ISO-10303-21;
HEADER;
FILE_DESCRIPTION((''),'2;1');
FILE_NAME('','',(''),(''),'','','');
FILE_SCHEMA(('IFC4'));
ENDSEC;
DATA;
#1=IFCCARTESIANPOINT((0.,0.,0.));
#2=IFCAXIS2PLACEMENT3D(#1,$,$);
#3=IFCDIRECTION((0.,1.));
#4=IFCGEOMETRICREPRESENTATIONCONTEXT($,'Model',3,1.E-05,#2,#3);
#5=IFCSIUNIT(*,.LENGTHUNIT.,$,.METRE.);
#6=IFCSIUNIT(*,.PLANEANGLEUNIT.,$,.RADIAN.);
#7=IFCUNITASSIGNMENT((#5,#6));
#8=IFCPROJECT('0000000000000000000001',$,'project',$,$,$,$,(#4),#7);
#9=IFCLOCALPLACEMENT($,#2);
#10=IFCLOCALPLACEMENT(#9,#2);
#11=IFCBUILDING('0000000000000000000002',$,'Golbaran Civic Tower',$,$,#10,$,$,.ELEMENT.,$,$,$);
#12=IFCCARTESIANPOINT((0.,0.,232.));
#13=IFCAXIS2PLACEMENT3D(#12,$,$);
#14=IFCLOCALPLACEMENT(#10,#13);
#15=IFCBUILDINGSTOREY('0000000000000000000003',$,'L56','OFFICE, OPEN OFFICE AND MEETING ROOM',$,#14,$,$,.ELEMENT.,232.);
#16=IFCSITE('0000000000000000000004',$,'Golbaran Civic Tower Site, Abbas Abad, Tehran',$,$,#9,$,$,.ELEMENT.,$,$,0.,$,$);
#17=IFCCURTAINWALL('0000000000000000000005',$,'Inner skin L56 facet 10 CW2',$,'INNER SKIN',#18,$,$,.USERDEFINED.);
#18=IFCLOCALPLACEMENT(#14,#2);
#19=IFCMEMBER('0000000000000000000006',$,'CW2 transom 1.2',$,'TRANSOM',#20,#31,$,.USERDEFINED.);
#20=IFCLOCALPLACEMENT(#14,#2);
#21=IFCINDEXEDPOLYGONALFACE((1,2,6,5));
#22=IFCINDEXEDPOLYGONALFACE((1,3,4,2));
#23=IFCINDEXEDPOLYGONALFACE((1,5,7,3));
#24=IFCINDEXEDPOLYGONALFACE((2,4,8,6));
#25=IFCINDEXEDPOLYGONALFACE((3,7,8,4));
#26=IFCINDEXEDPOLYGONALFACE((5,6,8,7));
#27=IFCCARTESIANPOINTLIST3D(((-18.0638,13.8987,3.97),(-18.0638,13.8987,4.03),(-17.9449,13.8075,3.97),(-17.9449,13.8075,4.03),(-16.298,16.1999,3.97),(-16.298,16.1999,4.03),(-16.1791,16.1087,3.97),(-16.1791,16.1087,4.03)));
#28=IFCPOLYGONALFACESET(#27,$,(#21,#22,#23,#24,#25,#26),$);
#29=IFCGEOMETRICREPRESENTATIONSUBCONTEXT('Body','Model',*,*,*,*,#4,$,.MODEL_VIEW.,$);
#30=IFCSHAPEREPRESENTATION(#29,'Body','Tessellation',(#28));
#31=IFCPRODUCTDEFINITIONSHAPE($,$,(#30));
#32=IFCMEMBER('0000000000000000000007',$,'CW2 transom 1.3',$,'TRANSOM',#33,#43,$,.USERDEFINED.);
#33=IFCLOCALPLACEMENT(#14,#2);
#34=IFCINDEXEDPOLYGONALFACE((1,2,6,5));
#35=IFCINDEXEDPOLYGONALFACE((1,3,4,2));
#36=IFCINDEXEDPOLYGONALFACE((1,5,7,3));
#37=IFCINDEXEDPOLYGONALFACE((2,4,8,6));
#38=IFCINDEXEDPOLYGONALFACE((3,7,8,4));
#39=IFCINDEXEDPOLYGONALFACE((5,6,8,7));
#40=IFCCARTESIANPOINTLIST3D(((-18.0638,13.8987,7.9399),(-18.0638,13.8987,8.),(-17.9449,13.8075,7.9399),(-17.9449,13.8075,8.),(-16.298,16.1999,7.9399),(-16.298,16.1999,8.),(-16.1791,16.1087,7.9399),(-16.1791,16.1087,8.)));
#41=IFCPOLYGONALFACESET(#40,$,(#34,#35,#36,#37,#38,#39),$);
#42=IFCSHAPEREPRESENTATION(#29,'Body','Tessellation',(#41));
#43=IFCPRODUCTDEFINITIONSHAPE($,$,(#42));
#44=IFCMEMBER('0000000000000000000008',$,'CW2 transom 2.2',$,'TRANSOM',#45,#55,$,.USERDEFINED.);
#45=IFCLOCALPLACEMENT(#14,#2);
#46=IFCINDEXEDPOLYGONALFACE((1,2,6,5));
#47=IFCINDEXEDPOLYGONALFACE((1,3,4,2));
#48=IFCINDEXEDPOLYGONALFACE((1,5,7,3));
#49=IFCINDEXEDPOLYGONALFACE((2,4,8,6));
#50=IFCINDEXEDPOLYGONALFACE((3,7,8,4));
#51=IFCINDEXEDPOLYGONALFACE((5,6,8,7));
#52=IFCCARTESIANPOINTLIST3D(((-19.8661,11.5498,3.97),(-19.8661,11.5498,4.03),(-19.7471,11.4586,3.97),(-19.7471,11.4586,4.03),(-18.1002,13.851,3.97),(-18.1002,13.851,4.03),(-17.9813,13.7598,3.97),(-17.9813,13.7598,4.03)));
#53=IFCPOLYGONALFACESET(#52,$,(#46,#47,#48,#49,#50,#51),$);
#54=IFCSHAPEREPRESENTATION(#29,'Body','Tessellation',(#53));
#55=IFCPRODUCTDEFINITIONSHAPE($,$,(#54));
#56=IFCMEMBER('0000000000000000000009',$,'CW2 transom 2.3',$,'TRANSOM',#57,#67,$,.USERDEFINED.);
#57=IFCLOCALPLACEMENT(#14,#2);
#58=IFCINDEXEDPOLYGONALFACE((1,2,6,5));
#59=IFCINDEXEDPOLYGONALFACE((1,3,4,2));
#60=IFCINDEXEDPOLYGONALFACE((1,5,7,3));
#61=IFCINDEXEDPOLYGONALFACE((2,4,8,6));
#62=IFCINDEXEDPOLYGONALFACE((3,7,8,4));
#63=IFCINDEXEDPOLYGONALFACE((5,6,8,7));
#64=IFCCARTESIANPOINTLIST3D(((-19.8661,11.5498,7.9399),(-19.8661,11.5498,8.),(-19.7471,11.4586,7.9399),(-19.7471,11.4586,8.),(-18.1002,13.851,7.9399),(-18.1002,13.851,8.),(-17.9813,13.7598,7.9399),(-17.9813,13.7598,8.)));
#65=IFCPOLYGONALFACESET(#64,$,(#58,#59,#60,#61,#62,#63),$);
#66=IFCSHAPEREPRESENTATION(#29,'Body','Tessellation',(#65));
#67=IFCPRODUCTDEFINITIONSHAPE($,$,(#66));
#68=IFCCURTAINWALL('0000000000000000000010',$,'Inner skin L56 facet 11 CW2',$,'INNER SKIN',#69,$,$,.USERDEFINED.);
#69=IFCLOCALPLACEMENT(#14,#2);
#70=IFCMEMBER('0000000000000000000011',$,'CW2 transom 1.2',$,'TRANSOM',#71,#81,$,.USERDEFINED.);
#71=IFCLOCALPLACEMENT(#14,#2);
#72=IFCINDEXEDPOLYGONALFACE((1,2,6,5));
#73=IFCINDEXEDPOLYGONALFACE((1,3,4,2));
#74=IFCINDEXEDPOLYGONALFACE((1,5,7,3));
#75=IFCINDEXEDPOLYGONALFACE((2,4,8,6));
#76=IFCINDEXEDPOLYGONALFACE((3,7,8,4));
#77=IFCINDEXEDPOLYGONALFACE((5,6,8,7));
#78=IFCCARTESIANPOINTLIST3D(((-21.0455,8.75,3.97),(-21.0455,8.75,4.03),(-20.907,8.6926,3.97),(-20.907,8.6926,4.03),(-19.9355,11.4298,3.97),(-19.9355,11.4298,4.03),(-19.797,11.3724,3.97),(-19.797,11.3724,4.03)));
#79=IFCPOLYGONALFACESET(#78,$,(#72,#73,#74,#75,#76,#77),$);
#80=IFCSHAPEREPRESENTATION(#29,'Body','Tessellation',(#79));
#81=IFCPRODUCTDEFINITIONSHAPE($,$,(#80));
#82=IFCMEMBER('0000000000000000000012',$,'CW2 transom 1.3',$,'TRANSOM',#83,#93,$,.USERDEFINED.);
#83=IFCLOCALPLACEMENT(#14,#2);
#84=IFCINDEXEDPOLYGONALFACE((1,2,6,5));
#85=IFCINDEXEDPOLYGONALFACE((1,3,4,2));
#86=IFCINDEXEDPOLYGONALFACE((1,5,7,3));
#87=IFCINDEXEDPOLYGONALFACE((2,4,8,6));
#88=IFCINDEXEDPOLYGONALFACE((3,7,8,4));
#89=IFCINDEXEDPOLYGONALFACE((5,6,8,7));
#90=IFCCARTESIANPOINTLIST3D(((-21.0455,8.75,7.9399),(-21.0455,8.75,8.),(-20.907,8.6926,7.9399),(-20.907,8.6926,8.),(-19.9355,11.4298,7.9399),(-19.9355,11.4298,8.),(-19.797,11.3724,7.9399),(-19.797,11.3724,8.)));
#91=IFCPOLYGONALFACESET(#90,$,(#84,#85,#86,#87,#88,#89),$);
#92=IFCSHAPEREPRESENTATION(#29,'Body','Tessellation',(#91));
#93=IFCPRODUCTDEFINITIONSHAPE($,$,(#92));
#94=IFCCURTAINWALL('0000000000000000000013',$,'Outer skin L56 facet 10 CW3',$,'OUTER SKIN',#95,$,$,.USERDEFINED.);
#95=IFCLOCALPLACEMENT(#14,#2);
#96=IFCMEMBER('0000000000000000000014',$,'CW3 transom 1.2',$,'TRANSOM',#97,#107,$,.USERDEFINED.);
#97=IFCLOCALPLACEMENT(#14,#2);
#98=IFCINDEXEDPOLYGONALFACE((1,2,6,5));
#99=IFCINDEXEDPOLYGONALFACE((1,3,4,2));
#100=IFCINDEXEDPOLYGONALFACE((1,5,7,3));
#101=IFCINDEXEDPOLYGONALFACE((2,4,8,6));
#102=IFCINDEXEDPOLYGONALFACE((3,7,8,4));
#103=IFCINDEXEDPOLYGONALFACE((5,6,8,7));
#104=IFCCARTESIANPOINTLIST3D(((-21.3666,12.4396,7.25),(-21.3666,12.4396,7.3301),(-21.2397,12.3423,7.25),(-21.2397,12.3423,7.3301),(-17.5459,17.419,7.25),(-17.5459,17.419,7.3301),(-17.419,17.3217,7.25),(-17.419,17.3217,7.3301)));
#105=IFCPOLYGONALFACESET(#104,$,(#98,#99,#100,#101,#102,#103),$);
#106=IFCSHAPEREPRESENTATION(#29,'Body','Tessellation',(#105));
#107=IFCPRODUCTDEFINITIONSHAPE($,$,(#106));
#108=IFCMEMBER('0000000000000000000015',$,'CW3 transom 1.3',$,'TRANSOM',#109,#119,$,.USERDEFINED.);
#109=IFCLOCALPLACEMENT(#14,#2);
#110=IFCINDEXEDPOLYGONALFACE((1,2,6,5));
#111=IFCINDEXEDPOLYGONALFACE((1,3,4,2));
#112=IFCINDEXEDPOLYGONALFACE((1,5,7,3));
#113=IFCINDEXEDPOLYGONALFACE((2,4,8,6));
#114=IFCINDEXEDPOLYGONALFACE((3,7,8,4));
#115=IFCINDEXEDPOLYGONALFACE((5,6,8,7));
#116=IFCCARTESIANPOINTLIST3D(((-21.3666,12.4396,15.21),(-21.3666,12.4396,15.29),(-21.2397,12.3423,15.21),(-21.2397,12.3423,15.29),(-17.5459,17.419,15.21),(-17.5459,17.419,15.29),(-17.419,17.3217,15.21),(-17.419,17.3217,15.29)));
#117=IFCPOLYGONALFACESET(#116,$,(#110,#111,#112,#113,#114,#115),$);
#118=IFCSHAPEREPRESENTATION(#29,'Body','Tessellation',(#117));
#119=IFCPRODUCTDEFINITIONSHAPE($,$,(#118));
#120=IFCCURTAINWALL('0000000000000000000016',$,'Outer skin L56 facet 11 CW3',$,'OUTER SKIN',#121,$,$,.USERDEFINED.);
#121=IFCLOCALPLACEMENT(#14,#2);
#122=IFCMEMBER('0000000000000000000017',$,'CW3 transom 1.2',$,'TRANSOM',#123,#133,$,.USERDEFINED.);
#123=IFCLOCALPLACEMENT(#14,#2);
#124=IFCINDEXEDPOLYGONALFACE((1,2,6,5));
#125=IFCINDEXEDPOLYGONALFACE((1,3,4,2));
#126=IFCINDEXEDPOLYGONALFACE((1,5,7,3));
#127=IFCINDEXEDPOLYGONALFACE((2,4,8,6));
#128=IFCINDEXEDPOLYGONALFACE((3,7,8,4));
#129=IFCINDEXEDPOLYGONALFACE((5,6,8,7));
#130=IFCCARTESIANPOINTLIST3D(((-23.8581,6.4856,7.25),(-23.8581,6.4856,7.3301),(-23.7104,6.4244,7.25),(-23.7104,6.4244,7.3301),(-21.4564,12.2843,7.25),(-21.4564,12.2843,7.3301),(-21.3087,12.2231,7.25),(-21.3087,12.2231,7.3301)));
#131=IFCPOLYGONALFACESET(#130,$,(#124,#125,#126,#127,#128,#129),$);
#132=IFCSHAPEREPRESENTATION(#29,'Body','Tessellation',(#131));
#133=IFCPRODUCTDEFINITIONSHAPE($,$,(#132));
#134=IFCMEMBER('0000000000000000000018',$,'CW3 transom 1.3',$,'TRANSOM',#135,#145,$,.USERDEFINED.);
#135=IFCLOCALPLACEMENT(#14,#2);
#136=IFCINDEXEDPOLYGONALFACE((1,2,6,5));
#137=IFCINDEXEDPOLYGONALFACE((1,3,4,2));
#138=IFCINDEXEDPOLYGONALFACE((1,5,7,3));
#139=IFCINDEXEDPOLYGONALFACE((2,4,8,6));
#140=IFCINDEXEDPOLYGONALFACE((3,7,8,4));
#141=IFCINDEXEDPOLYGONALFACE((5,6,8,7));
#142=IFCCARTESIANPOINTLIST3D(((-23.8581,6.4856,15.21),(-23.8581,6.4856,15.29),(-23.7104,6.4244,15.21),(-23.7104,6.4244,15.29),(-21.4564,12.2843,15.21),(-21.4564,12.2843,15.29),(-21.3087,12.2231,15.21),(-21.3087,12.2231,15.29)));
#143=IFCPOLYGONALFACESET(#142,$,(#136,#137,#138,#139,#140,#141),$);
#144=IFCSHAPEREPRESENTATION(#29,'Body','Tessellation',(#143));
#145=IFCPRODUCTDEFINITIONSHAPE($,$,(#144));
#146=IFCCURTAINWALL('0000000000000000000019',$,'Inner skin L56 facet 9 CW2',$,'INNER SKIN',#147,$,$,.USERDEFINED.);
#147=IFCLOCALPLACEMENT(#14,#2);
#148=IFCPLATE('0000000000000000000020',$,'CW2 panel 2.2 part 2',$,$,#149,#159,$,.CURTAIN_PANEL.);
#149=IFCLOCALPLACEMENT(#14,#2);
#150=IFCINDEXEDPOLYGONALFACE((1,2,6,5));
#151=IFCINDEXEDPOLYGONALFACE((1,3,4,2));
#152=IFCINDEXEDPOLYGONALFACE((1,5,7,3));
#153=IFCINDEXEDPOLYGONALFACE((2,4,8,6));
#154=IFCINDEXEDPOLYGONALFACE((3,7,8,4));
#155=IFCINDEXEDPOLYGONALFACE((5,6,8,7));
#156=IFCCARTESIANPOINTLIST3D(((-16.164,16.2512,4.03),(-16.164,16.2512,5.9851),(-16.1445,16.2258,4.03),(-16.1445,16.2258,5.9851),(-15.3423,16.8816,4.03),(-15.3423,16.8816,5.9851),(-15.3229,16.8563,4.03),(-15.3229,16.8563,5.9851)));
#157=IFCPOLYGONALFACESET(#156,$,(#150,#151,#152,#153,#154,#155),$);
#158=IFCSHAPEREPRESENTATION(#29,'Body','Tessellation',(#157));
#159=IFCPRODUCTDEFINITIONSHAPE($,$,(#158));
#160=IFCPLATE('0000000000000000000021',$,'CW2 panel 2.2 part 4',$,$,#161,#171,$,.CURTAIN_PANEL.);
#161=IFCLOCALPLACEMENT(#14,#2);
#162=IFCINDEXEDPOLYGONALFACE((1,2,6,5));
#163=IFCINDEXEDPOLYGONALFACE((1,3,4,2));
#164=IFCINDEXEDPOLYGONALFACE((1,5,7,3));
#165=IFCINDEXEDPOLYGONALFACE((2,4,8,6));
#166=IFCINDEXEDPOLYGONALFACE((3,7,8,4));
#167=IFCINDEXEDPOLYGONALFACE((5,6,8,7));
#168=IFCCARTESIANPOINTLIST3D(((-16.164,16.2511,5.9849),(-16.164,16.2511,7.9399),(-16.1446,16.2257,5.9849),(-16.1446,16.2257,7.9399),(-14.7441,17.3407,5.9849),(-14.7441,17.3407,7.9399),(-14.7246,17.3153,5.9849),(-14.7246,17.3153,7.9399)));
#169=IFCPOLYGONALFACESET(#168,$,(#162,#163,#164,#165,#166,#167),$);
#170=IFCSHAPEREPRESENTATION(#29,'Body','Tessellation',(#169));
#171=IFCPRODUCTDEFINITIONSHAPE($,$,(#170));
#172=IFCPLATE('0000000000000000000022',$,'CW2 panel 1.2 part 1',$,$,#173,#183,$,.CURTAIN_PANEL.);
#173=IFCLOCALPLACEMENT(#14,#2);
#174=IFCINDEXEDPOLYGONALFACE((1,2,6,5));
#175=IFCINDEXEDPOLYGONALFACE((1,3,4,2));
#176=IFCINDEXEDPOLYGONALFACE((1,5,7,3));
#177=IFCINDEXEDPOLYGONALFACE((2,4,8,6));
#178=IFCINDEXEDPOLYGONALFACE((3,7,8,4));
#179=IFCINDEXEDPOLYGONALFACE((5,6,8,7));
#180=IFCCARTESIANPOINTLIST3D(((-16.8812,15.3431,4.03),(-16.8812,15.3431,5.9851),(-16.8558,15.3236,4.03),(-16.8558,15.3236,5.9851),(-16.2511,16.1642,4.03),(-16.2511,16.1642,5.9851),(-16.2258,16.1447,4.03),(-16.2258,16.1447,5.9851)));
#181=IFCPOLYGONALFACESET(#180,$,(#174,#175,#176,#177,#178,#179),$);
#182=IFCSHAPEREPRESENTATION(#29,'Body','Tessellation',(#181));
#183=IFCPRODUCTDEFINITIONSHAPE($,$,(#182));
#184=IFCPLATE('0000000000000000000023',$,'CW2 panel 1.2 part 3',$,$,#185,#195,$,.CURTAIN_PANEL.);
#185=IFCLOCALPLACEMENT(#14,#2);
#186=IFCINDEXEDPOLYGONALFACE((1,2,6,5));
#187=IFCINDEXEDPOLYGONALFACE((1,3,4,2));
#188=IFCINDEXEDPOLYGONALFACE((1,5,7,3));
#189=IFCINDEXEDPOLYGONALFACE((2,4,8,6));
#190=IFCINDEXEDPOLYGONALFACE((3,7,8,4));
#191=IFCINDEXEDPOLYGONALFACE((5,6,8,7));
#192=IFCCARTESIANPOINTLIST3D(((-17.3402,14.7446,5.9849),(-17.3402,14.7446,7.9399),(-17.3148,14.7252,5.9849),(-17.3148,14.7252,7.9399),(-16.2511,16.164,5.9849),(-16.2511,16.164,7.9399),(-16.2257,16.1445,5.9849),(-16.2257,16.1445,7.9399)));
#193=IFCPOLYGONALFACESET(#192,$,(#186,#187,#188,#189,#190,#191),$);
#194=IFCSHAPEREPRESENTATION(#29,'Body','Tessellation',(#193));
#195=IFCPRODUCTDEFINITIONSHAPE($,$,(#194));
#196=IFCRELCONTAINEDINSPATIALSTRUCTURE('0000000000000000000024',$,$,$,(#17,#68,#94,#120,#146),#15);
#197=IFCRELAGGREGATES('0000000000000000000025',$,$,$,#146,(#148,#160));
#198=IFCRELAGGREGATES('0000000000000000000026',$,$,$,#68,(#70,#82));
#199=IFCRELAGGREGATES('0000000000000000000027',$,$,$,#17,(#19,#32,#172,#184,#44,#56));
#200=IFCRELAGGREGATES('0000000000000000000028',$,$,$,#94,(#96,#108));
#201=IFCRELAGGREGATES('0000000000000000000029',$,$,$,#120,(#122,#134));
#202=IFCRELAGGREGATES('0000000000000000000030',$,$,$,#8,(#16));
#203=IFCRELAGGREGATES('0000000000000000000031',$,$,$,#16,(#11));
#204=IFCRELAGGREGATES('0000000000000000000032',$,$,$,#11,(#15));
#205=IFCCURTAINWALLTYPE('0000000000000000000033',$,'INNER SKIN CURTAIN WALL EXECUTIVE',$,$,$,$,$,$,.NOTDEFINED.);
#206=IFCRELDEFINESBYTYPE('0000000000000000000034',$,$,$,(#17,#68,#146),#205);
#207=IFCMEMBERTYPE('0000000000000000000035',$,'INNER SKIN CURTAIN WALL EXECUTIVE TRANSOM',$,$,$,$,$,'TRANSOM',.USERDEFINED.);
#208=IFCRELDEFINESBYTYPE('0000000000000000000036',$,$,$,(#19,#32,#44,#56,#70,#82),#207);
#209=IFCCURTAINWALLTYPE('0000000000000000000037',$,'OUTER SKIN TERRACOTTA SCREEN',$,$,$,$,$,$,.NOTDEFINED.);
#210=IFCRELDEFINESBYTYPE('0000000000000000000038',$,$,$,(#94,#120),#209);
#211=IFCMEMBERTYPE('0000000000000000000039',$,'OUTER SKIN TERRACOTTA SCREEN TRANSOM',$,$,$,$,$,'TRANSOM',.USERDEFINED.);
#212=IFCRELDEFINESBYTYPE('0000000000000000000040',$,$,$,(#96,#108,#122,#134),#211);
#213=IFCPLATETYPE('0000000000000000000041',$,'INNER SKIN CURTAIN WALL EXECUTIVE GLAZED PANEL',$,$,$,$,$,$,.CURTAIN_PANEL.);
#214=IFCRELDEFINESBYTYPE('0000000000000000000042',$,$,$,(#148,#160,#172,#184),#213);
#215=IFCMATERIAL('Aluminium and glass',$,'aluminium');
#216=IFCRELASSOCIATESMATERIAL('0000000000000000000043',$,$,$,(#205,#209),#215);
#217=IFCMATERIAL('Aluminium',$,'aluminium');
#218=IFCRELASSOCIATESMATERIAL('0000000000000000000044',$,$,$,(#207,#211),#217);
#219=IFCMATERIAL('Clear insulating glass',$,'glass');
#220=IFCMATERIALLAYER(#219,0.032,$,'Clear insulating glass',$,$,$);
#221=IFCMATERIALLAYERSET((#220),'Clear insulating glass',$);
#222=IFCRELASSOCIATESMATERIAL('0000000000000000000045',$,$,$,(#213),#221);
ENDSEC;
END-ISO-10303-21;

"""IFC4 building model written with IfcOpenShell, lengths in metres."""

from ifc_helpers import new_model, si_unit, direction, frame, origin, origin_2d, place, context, subcontext, project, spatial, rectangle, extrude, material, layer, layer_set, material_profile, profile_set, type_object, element, aggregate, save


model = new_model("IFC4")

# Units and contexts
model_context = context("Model", 3, precision=1e-05, world=origin(), true_north=direction((0.0, 1.0)))
body_context = subcontext(model_context, "Body", "Model", "MODEL_VIEW")
ifc_project = project(units=[si_unit("LENGTHUNIT", "METRE"), si_unit("PLANEANGLEUNIT", "RADIAN")], contexts=[model_context])

# Site, building, storey
site_placement = place(None, origin())
site = spatial("IfcSite", under=ifc_project, at=site_placement, Name="Golbaran Civic Tower Site, Abbas Abad, Tehran", CompositionType="ELEMENT", RefElevation=0.0)
building_placement = place(site_placement, origin())
building = spatial("IfcBuilding", under=site, at=building_placement, Name="Golbaran Civic Tower", CompositionType="ELEMENT")
storey_placement = place(building_placement, frame((0.0, 0.0, 232.0)))
storey = spatial("IfcBuildingStorey", under=building, at=storey_placement, Name="L56", Description="OFFICE, OPEN OFFICE AND MEETING ROOM", CompositionType="ELEMENT", Elevation=232.0)

# Curtain walls, members
ifc_material_1 = material(Name="Aluminium and glass", Category="aluminium")
curtain_wall_type_1 = type_object("IfcCurtainWallType", Name="INNER SKIN CURTAIN WALL EXECUTIVE", PredefinedType="NOTDEFINED", material=ifc_material_1)
curtain_wall_1_placement = place(storey_placement, origin())
curtain_wall_1 = element("IfcCurtainWall", 1, at=curtain_wall_1_placement, inside=storey, type_object=curtain_wall_type_1, Name="Inner skin L56 facet 10 CW2", ObjectType="INNER SKIN", PredefinedType="USERDEFINED")
ifc_material_2 = material(Name="Aluminium", Category="aluminium")
ifc_material_profile_1 = material_profile(ifc_material_2, rectangle(XDim=0.1499, YDim=0.0601, at=origin_2d()), Name="INNER SKIN CURTAIN WALL EXECUTIVE TRANSOM")
ifc_profile_set_1 = profile_set([ifc_material_profile_1], Name="Aluminium")
member_type_1 = type_object("IfcMemberType", Name="INNER SKIN CURTAIN WALL EXECUTIVE TRANSOM", ElementType="TRANSOM", PredefinedType="USERDEFINED", material=ifc_profile_set_1)
member_1_placement = place(storey_placement, frame((-16.2385, 16.1543, 4.0), z_axis=(-0.608771, -0.793346, 0.0), x_axis=(0.793346, -0.608771, 0.0)))
member_1 = element("IfcMember", 2, at=member_1_placement, type_object=member_type_1, Name="CW2 transom 1.2", ObjectType="TRANSOM", PredefinedType="USERDEFINED", context=body_context, shape_type="SweptSolid", body=[
    extrude(rectangle(XDim=0.1499, YDim=0.0601, at=origin_2d()), origin(), (0.0, 0.0, 1.0), 2.9006),
])
member_2_placement = place(storey_placement, frame((-16.2385, 16.1543, 7.97), z_axis=(-0.608771, -0.793346, 0.0), x_axis=(0.793346, -0.608771, 0.0)))
member_2 = element("IfcMember", 3, at=member_2_placement, type_object=member_type_1, Name="CW2 transom 1.3", ObjectType="TRANSOM", PredefinedType="USERDEFINED", context=body_context, shape_type="SweptSolid", body=[
    extrude(rectangle(XDim=0.1499, YDim=0.0601, at=origin_2d()), origin(), (0.0, 0.0, 1.0), 2.9006),
])
member_3_placement = place(storey_placement, frame((-18.0408, 13.8054, 4.0), z_axis=(-0.608771, -0.793346, 0.0), x_axis=(0.793346, -0.608771, 0.0)))
member_3 = element("IfcMember", 4, at=member_3_placement, type_object=member_type_1, Name="CW2 transom 2.2", ObjectType="TRANSOM", PredefinedType="USERDEFINED", context=body_context, shape_type="SweptSolid", body=[
    extrude(rectangle(XDim=0.1499, YDim=0.0601, at=origin_2d()), origin(), (0.0, 0.0, 1.0), 2.9006),
])
member_4_placement = place(storey_placement, frame((-18.0408, 13.8054, 7.97), z_axis=(-0.608771, -0.793346, 0.0), x_axis=(0.793346, -0.608771, 0.0)))
member_4 = element("IfcMember", 5, at=member_4_placement, type_object=member_type_1, Name="CW2 transom 2.3", ObjectType="TRANSOM", PredefinedType="USERDEFINED", context=body_context, shape_type="SweptSolid", body=[
    extrude(rectangle(XDim=0.1499, YDim=0.0601, at=origin_2d()), origin(), (0.0, 0.0, 1.0), 2.9006),
])
curtain_wall_2_placement = place(storey_placement, origin())
curtain_wall_2 = element("IfcCurtainWall", 6, at=curtain_wall_2_placement, inside=storey, type_object=curtain_wall_type_1, Name="Inner skin L56 facet 11 CW2", ObjectType="INNER SKIN", PredefinedType="USERDEFINED")
member_5_placement = place(storey_placement, frame((-19.8662, 11.4011, 4.0), z_axis=(-0.382696, -0.923874, 0.0), x_axis=(0.923874, -0.382696, 0.0)))
member_5 = element("IfcMember", 7, at=member_5_placement, type_object=member_type_1, Name="CW2 transom 1.2", ObjectType="TRANSOM", PredefinedType="USERDEFINED", context=body_context, shape_type="SweptSolid", body=[
    extrude(rectangle(XDim=0.1499, YDim=0.0601, at=origin_2d()), origin(), (0.0, 0.0, 1.0), 2.9006),
])
member_6_placement = place(storey_placement, frame((-19.8662, 11.4011, 7.97), z_axis=(-0.382696, -0.923874, 0.0), x_axis=(0.923874, -0.382696, 0.0)))
member_6 = element("IfcMember", 8, at=member_6_placement, type_object=member_type_1, Name="CW2 transom 1.3", ObjectType="TRANSOM", PredefinedType="USERDEFINED", context=body_context, shape_type="SweptSolid", body=[
    extrude(rectangle(XDim=0.1499, YDim=0.0601, at=origin_2d()), origin(), (0.0, 0.0, 1.0), 2.9006),
])
curtain_wall_type_2 = type_object("IfcCurtainWallType", Name="OUTER SKIN TERRACOTTA SCREEN", PredefinedType="NOTDEFINED", material=ifc_material_1)
curtain_wall_3_placement = place(storey_placement, origin())
curtain_wall_3 = element("IfcCurtainWall", 9, at=curtain_wall_3_placement, inside=storey, type_object=curtain_wall_type_2, Name="Outer skin L56 facet 10 CW3", ObjectType="OUTER SKIN", PredefinedType="USERDEFINED")
ifc_material_profile_2 = material_profile(ifc_material_2, rectangle(XDim=0.1599, YDim=0.0801, at=origin_2d()), Name="OUTER SKIN TERRACOTTA SCREEN TRANSOM")
ifc_profile_set_2 = profile_set([ifc_material_profile_2], Name="Aluminium")
member_type_2 = type_object("IfcMemberType", Name="OUTER SKIN TERRACOTTA SCREEN TRANSOM", ElementType="TRANSOM", PredefinedType="USERDEFINED", material=ifc_profile_set_2)
member_7_placement = place(storey_placement, frame((-17.4824, 17.3704, 7.29), z_axis=(-0.608752, -0.793361, 0.0), x_axis=(0.793361, -0.608752, 0.0)))
member_7 = element("IfcMember", 10, at=member_7_placement, type_object=member_type_2, Name="CW3 transom 1.2", ObjectType="TRANSOM", PredefinedType="USERDEFINED", context=body_context, shape_type="SweptSolid", body=[
    extrude(rectangle(XDim=0.1599, YDim=0.0801, at=origin_2d()), origin(), (0.0, 0.0, 1.0), 6.2764),
])
member_8_placement = place(storey_placement, frame((-17.4824, 17.3704, 15.25), z_axis=(-0.608752, -0.793361, 0.0), x_axis=(0.793361, -0.608752, 0.0)))
member_8 = element("IfcMember", 11, at=member_8_placement, type_object=member_type_2, Name="CW3 transom 1.3", ObjectType="TRANSOM", PredefinedType="USERDEFINED", context=body_context, shape_type="SweptSolid", body=[
    extrude(rectangle(XDim=0.1599, YDim=0.0801, at=origin_2d()), origin(), (0.0, 0.0, 1.0), 6.2764),
])
curtain_wall_4_placement = place(storey_placement, origin())
curtain_wall_4 = element("IfcCurtainWall", 12, at=curtain_wall_4_placement, inside=storey, type_object=curtain_wall_type_2, Name="Outer skin L56 facet 11 CW3", ObjectType="OUTER SKIN", PredefinedType="USERDEFINED")
member_9_placement = place(storey_placement, frame((-21.3826, 12.2537, 7.29), z_axis=(-0.382651, -0.923893, 0.0), x_axis=(0.923893, -0.382651, 0.0)))
member_9 = element("IfcMember", 13, at=member_9_placement, type_object=member_type_2, Name="CW3 transom 1.2", ObjectType="TRANSOM", PredefinedType="USERDEFINED", context=body_context, shape_type="SweptSolid", body=[
    extrude(rectangle(XDim=0.1599, YDim=0.0801, at=origin_2d()), origin(), (0.0, 0.0, 1.0), 6.2764),
])
member_10_placement = place(storey_placement, frame((-21.3826, 12.2537, 15.25), z_axis=(-0.382651, -0.923893, 0.0), x_axis=(0.923893, -0.382651, 0.0)))
member_10 = element("IfcMember", 14, at=member_10_placement, type_object=member_type_2, Name="CW3 transom 1.3", ObjectType="TRANSOM", PredefinedType="USERDEFINED", context=body_context, shape_type="SweptSolid", body=[
    extrude(rectangle(XDim=0.1599, YDim=0.0801, at=origin_2d()), origin(), (0.0, 0.0, 1.0), 6.2764),
])

# Curtain wall, plates
curtain_wall_5_placement = place(storey_placement, origin())
curtain_wall_5 = element("IfcCurtainWall", 15, at=curtain_wall_5_placement, inside=storey, type_object=curtain_wall_type_1, Name="Inner skin L56 facet 9 CW2", ObjectType="INNER SKIN", PredefinedType="USERDEFINED")
ifc_material_3 = material(Name="Clear insulating glass", Category="glass")
ifc_layer_1 = layer(ifc_material_3, 0.032, Name="Clear insulating glass")
ifc_layer_set_1 = layer_set([ifc_layer_1], Name="Clear insulating glass")
plate_type_1 = type_object("IfcPlateType", Name="INNER SKIN CURTAIN WALL EXECUTIVE GLAZED PANEL", PredefinedType="CURTAIN_PANEL", material=ifc_layer_set_1)
plate_1_placement = place(storey_placement, frame((-15.7434, 16.5537, 4.03), z_axis=(0.0, 0.0, 1.0), x_axis=(-0.793353, -0.608761, 0.0)))
plate_1 = element("IfcPlate", 16, at=plate_1_placement, type_object=plate_type_1, Name="CW2 panel 2.2 part 2", PredefinedType="CURTAIN_PANEL", context=body_context, shape_type="SweptSolid", body=[
    extrude(rectangle(XDim=1.0356, YDim=0.032, at=origin_2d()), origin(), (0.0, 0.0, 1.0), 1.9551),
])
plate_2_placement = place(storey_placement, frame((-15.4443, 16.7832, 5.9849), z_axis=(0.0, 0.0, 1.0), x_axis=(-0.793353, -0.608761, 0.0)))
plate_2 = element("IfcPlate", 17, at=plate_2_placement, type_object=plate_type_1, Name="CW2 panel 2.2 part 4", PredefinedType="CURTAIN_PANEL", context=body_context, shape_type="SweptSolid", body=[
    extrude(rectangle(XDim=1.7898, YDim=0.032, at=origin_2d()), origin(), (0.0, 0.0, 1.0), 1.9551),
])
aggregate(curtain_wall_5, [plate_1, plate_2])

# Plates
plate_3_placement = place(storey_placement, frame((-16.5535, 15.7439, 4.03), z_axis=(0.0, 0.0, 1.0), x_axis=(-0.608761, -0.793353, 0.0)))
plate_3 = element("IfcPlate", 18, at=plate_3_placement, type_object=plate_type_1, Name="CW2 panel 1.2 part 1", PredefinedType="CURTAIN_PANEL", context=body_context, shape_type="SweptSolid", body=[
    extrude(rectangle(XDim=1.0349, YDim=0.032, at=origin_2d()), origin(), (0.0, 0.0, 1.0), 1.9551),
])
plate_4_placement = place(storey_placement, frame((-16.783, 15.4446, 5.9849), z_axis=(0.0, 0.0, 1.0), x_axis=(-0.608761, -0.793353, 0.0)))
plate_4 = element("IfcPlate", 19, at=plate_4_placement, type_object=plate_type_1, Name="CW2 panel 1.2 part 3", PredefinedType="CURTAIN_PANEL", context=body_context, shape_type="SweptSolid", body=[
    extrude(rectangle(XDim=1.7891, YDim=0.032, at=origin_2d()), origin(), (0.0, 0.0, 1.0), 1.9551),
])
aggregate(curtain_wall_2, [member_5, member_6])
aggregate(curtain_wall_1, [member_1, member_2, plate_3, plate_4, member_3, member_4])
aggregate(curtain_wall_3, [member_7, member_8])

aggregate(curtain_wall_4, [member_9, member_10])

save(model, "model.ifc")
